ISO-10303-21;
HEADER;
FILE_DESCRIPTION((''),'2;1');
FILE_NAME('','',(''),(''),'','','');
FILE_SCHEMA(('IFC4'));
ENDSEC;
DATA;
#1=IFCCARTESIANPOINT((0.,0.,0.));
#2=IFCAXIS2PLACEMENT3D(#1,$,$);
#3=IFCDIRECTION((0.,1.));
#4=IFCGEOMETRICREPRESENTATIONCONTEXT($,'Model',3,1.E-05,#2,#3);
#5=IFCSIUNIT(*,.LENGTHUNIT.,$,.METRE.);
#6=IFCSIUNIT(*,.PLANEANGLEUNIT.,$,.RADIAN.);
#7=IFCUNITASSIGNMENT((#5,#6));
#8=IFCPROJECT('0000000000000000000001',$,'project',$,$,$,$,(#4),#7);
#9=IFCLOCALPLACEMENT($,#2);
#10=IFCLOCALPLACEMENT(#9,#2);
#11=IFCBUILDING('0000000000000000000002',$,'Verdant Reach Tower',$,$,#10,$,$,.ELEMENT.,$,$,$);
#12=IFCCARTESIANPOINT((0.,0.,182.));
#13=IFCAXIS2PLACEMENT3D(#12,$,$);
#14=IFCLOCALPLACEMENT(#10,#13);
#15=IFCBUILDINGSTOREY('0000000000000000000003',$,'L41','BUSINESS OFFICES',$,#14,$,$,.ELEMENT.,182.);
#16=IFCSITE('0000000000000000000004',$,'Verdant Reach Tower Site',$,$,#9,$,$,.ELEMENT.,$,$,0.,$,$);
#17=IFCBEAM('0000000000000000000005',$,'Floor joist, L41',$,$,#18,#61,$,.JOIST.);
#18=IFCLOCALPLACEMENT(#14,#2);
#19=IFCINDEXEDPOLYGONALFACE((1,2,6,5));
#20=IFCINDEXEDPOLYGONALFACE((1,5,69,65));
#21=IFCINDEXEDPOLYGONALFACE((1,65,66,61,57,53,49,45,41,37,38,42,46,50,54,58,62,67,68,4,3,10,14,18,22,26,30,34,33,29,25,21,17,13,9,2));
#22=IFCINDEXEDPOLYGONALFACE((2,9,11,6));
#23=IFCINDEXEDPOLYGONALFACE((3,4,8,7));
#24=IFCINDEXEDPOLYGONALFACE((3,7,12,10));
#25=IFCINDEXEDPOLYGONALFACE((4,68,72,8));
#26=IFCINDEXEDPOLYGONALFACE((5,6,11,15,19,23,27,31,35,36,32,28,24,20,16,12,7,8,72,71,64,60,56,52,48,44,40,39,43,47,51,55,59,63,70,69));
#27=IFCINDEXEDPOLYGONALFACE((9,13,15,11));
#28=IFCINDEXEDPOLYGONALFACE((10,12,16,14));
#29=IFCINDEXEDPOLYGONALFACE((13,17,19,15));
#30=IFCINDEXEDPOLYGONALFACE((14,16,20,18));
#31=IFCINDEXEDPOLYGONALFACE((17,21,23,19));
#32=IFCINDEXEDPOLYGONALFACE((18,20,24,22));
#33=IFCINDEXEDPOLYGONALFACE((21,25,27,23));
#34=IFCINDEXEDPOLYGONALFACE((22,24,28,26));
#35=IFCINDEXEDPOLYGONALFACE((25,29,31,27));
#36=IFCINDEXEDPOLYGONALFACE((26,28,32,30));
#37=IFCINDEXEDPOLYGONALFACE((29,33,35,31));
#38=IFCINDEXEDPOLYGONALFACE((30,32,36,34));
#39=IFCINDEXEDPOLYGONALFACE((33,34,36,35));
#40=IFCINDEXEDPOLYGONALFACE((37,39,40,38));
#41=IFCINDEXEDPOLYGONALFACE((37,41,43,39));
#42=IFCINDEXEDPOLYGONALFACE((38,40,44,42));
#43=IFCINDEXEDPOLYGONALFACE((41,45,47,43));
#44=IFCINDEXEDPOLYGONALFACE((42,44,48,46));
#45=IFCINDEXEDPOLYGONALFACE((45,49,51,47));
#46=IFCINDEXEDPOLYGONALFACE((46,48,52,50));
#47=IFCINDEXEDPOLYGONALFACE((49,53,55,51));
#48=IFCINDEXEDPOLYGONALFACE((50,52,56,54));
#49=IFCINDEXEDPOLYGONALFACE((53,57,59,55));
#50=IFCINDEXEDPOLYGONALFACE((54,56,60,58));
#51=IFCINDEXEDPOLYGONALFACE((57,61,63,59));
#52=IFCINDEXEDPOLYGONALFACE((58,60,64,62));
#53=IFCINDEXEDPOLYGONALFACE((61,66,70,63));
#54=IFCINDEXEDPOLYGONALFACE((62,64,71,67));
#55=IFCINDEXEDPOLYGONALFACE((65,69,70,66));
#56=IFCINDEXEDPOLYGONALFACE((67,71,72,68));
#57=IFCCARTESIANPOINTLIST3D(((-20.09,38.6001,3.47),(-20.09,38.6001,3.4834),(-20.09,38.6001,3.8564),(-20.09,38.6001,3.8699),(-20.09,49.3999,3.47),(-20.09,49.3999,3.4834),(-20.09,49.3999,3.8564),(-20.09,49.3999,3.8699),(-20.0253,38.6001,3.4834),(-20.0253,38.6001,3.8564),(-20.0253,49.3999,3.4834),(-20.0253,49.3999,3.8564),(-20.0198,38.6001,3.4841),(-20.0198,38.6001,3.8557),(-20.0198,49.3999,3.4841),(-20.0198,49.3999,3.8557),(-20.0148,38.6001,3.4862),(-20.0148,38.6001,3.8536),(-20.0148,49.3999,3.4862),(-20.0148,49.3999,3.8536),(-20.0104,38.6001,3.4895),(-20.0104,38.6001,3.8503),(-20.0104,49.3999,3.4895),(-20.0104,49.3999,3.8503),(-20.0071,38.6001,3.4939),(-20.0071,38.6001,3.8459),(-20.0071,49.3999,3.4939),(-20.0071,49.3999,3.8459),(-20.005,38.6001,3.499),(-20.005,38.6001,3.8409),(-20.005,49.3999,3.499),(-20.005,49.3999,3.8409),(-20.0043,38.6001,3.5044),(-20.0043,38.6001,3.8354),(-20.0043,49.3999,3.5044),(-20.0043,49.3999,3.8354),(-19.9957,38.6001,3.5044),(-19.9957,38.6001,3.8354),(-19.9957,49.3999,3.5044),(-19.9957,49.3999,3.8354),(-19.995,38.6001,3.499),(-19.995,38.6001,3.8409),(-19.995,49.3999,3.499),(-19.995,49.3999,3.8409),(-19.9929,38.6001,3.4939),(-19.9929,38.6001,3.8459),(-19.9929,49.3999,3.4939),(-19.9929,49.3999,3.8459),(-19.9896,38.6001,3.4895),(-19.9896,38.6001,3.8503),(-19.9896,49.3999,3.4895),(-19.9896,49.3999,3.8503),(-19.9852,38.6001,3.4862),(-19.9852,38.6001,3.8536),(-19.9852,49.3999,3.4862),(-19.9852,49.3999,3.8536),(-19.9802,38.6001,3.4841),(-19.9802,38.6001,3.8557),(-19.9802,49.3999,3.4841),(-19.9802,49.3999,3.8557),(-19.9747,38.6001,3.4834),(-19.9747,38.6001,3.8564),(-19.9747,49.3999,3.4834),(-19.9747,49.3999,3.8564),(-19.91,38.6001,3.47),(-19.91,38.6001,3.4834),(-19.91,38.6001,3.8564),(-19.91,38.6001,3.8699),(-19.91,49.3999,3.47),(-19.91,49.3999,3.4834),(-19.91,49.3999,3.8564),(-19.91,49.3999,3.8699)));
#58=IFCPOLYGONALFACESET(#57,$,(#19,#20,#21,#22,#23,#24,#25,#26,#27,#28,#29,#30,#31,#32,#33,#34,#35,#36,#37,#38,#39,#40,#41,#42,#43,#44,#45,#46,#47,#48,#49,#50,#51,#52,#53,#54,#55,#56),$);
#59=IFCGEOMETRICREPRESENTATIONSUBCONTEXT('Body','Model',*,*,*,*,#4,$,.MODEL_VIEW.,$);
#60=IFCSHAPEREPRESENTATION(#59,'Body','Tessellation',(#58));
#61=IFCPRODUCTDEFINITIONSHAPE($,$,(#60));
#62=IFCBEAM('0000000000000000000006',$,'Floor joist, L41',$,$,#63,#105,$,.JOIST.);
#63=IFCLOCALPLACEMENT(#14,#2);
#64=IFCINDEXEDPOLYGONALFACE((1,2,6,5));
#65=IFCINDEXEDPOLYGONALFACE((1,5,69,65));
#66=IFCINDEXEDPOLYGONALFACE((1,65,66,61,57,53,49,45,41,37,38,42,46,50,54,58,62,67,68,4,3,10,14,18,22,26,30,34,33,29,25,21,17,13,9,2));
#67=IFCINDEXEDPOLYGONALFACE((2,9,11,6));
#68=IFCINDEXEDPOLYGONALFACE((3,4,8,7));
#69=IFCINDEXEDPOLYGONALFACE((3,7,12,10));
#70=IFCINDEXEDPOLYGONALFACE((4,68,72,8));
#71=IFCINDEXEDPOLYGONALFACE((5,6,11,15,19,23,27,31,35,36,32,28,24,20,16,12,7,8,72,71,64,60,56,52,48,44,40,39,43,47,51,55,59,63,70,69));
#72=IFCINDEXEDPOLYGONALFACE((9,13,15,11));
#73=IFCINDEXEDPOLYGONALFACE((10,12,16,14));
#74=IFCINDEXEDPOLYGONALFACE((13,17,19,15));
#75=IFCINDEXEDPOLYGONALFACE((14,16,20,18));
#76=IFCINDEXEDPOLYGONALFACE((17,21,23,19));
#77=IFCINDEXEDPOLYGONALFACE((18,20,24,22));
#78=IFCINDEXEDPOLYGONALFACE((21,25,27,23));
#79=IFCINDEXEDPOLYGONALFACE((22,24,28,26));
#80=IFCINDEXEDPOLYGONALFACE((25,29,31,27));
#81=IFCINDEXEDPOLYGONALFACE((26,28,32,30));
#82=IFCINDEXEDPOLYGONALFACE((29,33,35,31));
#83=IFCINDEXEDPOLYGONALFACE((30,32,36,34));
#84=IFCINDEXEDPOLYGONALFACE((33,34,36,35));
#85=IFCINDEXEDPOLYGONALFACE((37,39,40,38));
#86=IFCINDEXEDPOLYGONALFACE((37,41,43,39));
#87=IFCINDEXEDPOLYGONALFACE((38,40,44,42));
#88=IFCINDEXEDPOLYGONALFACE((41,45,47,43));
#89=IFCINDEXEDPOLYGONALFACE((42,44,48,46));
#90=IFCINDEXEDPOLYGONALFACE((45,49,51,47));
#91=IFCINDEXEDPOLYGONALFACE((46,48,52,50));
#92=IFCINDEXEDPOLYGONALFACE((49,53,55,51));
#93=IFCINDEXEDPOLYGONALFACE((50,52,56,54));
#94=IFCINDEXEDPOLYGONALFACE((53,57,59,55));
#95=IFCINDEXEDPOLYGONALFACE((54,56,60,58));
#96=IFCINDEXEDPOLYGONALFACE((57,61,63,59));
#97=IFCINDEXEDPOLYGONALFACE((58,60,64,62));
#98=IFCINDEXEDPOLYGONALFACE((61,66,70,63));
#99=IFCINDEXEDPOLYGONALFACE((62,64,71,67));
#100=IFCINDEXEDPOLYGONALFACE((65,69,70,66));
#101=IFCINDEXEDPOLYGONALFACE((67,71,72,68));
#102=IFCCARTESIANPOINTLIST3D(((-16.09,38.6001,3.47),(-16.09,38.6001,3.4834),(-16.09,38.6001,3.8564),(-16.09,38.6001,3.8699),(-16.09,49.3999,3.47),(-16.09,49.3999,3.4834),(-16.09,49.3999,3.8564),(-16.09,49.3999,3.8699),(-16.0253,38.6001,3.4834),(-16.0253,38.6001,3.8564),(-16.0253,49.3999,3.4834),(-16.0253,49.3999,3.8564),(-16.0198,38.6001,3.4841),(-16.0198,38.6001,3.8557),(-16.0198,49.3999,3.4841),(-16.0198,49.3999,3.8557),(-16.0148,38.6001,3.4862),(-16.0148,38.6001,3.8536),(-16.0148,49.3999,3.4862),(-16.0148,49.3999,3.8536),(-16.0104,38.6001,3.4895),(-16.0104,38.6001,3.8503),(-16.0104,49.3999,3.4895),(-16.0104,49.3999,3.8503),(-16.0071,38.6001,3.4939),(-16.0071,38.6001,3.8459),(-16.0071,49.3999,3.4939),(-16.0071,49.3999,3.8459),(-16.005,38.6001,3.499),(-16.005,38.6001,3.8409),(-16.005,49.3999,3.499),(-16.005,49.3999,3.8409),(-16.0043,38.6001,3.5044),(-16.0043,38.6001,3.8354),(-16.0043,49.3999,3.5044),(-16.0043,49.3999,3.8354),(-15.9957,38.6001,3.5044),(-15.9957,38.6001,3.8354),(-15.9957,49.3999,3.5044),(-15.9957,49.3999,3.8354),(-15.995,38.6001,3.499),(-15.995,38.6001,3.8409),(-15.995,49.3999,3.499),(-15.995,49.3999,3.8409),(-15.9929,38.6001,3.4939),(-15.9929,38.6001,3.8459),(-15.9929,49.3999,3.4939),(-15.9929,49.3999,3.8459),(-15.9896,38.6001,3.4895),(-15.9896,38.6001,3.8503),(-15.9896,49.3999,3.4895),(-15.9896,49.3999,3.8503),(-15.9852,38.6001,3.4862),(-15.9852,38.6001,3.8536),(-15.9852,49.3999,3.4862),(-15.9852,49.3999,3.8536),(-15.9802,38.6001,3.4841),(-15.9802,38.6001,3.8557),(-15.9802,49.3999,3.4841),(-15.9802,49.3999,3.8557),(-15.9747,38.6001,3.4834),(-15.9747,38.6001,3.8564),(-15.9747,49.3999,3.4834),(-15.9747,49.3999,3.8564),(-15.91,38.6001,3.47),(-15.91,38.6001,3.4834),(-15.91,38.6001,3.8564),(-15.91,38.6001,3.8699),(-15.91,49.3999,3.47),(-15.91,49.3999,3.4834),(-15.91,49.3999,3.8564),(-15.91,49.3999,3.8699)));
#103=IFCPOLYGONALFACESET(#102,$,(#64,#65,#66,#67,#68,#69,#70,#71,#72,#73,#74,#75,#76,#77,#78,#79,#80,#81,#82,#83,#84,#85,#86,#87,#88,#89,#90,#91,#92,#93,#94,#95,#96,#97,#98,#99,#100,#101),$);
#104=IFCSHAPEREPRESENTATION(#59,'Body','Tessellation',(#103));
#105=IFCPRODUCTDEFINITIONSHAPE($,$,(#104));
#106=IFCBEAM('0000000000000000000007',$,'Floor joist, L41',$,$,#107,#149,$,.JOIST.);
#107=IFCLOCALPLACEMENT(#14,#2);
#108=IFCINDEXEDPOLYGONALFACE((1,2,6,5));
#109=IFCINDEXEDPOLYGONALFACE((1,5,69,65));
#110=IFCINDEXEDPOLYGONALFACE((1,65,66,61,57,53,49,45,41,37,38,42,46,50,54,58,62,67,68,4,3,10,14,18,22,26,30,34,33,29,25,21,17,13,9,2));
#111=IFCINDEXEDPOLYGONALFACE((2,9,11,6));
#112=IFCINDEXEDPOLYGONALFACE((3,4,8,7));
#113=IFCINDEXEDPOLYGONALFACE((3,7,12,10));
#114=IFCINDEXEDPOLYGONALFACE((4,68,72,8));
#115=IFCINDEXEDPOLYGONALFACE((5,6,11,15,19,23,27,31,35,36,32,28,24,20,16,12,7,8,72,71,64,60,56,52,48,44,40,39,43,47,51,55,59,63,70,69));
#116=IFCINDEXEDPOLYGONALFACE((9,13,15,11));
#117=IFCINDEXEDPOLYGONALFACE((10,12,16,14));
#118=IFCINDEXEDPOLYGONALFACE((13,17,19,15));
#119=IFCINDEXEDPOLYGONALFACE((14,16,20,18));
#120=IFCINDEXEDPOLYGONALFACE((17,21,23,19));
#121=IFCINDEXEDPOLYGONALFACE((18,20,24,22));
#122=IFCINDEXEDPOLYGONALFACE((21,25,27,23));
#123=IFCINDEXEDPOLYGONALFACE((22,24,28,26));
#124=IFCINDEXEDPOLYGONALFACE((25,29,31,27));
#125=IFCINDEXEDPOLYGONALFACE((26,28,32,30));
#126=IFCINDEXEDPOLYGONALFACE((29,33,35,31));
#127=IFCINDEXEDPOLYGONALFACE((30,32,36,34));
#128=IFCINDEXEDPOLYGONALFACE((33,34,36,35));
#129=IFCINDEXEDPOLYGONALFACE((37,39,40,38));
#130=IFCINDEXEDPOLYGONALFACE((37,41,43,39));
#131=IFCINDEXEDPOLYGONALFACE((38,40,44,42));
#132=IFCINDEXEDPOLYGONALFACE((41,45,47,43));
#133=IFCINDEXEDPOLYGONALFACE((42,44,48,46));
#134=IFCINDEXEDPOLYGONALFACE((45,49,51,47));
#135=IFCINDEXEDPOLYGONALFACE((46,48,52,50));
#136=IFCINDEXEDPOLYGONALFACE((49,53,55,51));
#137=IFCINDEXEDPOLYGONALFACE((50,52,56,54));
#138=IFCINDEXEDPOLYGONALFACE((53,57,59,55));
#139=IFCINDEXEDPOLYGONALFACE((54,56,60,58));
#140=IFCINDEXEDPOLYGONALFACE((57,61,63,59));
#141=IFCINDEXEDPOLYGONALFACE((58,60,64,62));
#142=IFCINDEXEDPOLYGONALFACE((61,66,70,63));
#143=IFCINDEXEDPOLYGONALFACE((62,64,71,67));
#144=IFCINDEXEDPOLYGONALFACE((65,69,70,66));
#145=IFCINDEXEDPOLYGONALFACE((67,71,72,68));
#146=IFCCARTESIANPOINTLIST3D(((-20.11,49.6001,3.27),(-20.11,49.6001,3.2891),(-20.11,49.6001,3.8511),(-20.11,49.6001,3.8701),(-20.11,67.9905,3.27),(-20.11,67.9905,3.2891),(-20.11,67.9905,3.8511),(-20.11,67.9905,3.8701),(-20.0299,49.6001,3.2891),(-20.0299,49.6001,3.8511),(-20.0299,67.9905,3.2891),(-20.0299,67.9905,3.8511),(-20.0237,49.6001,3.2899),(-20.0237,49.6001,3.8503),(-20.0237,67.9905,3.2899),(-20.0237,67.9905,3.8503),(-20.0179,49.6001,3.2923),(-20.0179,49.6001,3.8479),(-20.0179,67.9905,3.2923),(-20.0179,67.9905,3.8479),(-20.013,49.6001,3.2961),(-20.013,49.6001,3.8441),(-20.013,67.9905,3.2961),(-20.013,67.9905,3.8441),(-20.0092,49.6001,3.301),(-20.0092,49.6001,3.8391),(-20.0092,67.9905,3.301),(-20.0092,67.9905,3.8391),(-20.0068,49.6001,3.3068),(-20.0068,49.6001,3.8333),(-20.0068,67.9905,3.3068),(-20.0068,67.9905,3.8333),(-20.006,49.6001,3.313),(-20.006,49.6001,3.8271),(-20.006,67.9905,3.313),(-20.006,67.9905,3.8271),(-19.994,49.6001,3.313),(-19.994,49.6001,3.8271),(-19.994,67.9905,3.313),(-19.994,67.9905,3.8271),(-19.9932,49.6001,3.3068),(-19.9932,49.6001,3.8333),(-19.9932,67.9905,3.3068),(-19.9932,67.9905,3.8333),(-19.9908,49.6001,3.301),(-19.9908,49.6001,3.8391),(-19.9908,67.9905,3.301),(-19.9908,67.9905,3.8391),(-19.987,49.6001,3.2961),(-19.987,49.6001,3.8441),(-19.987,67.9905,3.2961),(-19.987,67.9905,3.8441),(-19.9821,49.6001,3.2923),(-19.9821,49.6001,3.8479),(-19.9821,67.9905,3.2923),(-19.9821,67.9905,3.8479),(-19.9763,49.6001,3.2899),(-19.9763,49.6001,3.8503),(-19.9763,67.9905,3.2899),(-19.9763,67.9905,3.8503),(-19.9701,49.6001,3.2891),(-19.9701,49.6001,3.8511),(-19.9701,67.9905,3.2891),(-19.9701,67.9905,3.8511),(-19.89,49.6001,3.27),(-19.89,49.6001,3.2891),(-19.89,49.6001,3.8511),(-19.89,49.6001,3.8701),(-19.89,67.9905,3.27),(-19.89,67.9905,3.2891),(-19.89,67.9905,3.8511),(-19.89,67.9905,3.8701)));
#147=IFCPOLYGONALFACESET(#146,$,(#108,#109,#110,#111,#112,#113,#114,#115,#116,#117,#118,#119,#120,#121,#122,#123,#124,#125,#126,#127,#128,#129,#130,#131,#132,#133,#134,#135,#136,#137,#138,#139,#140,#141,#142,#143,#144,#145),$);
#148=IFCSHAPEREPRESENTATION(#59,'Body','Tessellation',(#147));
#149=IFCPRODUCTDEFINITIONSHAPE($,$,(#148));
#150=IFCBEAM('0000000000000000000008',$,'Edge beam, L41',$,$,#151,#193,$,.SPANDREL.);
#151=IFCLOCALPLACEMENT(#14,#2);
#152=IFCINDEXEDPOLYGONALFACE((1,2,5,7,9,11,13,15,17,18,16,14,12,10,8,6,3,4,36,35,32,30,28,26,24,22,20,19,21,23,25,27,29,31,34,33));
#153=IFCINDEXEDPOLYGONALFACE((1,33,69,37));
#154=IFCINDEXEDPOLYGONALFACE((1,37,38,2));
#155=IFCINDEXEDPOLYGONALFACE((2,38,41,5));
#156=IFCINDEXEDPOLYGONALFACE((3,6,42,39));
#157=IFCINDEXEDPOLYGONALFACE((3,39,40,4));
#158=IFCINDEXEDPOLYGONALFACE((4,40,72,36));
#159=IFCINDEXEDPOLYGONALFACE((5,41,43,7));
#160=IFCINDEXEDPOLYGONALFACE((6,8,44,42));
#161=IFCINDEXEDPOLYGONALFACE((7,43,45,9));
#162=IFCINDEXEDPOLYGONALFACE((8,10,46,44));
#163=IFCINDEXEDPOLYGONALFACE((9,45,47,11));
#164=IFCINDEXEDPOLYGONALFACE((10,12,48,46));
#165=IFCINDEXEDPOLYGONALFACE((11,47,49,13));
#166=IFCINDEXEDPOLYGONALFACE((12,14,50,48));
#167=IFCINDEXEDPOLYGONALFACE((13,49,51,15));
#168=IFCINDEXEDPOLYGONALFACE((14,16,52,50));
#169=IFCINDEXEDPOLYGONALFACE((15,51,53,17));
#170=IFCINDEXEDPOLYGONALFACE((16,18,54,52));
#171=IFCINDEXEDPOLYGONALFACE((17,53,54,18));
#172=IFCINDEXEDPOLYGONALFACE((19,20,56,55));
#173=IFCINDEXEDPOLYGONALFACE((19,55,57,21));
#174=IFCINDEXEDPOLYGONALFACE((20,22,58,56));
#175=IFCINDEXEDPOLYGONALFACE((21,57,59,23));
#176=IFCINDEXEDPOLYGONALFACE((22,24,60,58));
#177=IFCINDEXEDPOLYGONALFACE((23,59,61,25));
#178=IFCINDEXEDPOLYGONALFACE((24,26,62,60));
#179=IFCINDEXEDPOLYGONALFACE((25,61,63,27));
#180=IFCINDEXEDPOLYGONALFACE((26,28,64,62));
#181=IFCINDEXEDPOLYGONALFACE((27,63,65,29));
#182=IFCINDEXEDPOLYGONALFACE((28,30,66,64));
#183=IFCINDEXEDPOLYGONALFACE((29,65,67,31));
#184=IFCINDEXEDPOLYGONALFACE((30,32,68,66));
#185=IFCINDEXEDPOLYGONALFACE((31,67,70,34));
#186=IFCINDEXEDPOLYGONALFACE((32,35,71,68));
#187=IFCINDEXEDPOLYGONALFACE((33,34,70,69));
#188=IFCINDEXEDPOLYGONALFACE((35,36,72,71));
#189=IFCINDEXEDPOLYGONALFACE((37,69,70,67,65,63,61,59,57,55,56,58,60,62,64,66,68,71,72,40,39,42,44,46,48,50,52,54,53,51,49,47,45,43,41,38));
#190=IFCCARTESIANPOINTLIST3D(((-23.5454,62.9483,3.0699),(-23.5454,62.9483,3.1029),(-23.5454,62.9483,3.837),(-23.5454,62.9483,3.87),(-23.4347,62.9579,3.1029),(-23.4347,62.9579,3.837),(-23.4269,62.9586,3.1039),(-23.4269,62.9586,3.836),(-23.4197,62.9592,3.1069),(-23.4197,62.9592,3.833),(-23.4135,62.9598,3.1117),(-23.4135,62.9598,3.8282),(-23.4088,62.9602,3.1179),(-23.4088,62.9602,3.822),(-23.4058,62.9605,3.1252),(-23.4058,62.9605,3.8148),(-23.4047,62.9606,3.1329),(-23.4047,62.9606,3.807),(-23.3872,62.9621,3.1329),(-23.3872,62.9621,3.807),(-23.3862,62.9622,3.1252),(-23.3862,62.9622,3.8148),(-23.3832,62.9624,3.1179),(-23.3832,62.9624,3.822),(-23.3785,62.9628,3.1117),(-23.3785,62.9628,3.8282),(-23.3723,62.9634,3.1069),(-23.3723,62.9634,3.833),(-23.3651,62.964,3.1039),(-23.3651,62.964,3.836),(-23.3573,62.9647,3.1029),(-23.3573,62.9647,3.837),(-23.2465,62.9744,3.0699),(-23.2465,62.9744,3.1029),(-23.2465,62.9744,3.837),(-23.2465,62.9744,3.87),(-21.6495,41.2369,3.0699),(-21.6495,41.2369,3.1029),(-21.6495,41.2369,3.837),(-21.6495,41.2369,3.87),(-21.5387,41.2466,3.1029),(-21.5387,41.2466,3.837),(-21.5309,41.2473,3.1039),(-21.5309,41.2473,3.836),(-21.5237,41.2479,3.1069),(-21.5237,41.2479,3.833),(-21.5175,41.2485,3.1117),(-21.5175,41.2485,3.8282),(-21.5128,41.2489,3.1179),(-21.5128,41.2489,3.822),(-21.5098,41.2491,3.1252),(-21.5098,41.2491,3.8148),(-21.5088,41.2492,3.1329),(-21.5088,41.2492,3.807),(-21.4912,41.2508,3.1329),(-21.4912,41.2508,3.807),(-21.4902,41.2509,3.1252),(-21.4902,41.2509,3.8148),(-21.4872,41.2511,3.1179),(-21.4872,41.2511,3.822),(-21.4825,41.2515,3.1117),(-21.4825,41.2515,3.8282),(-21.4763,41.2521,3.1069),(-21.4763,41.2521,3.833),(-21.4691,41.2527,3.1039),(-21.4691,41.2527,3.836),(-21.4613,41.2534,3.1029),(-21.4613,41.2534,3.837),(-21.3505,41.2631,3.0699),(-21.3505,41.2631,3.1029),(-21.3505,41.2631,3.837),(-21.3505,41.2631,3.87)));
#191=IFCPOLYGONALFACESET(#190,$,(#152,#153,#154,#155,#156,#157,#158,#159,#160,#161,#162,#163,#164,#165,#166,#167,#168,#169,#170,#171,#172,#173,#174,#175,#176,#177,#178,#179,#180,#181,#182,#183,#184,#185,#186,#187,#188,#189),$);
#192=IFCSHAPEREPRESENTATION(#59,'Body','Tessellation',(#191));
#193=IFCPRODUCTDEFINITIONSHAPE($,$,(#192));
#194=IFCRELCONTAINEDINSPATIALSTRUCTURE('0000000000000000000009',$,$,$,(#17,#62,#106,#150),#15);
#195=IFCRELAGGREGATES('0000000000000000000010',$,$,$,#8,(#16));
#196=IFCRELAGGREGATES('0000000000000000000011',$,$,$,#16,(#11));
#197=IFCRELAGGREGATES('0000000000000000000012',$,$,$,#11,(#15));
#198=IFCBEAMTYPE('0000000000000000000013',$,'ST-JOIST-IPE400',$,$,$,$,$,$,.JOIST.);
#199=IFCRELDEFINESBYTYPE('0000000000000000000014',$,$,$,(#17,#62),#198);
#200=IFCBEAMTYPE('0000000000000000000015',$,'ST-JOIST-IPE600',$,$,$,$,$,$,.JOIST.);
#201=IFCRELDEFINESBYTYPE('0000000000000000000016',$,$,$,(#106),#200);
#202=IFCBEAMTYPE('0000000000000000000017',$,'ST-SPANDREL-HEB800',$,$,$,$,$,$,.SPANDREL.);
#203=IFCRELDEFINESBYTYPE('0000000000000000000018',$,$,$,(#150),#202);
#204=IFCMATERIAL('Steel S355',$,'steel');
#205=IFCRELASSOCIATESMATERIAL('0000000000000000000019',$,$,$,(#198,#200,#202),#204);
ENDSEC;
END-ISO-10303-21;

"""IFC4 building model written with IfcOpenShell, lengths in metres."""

from ifc_helpers import new_model, si_unit, direction, frame, origin, origin_2d, place, context, subcontext, project, spatial, i_section, extrude, material, material_profile, profile_set, type_object, element, save


model = new_model("IFC4")

# Units and contexts
model_context = context("Model", 3, precision=1e-05, world=origin(), true_north=direction((0.0, 1.0)))
body_context = subcontext(model_context, "Body", "Model", "MODEL_VIEW")
ifc_project = project(units=[si_unit("LENGTHUNIT", "METRE"), si_unit("PLANEANGLEUNIT", "RADIAN")], contexts=[model_context])

# Site, building, storey
site_placement = place(None, origin())
site = spatial("IfcSite", under=ifc_project, at=site_placement, Name="Verdant Reach Tower Site", CompositionType="ELEMENT", RefElevation=0.0)
building_placement = place(site_placement, origin())
building = spatial("IfcBuilding", under=site, at=building_placement, Name="Verdant Reach Tower", CompositionType="ELEMENT")
storey_placement = place(building_placement, frame((0.0, 0.0, 182.0)))
storey = spatial("IfcBuildingStorey", under=building, at=storey_placement, Name="L41", Description="BUSINESS OFFICES", CompositionType="ELEMENT", Elevation=182.0)

# Beams
ifc_material_1 = material(Name="Steel S355", Category="steel")
ifc_material_profile_1 = material_profile(ifc_material_1, i_section(OverallWidth=0.1799, OverallDepth=0.3999, WebThickness=0.0085, FlangeThickness=0.0134, FilletRadius=0.021, at=origin_2d()), Name="IPE 400")
ifc_profile_set_1 = profile_set([ifc_material_profile_1], Name="Steel S355")
beam_type_1 = type_object("IfcBeamType", Name="ST-JOIST-IPE400", PredefinedType="JOIST", material=ifc_profile_set_1)
for number, where, z_axis, x_axis, name in (
    (1, (-20.0, 38.6001, 3.6699), (0.0, 1.0, 0.0), (-1.0, 0.0, 0.0), "Floor joist, L41"),
    (2, (-16.0, 38.6001, 3.6699), (0.0, 1.0, 0.0), (-1.0, 0.0, 0.0), "Floor joist, L41"),
):
    element("IfcBeam", number, at=place(storey_placement, frame(where, z_axis=z_axis, x_axis=x_axis)), inside=storey, type_object=beam_type_1, Name=name, PredefinedType="JOIST", context=body_context, shape_type="SweptSolid", body=[
        extrude(i_section(OverallWidth=0.1799, OverallDepth=0.3999, WebThickness=0.0085, FlangeThickness=0.0134, FilletRadius=0.021, at=origin_2d()), origin(), (0.0, 0.0, 1.0), 10.7998),
    ])
ifc_material_profile_2 = material_profile(ifc_material_1, i_section(OverallWidth=0.22, OverallDepth=0.6001, WebThickness=0.012, FlangeThickness=0.019, FilletRadius=0.0239, at=origin_2d()), Name="IPE 600")
ifc_profile_set_2 = profile_set([ifc_material_profile_2], Name="Steel S355")
beam_type_2 = type_object("IfcBeamType", Name="ST-JOIST-IPE600", PredefinedType="JOIST", material=ifc_profile_set_2)
beam_1_placement = place(storey_placement, frame((-20.0, 49.6001, 3.5701), z_axis=(0.0, 1.0, 0.0), x_axis=(-1.0, 0.0, 0.0)))
element("IfcBeam", 3, at=beam_1_placement, inside=storey, type_object=beam_type_2, Name="Floor joist, L41", PredefinedType="JOIST", context=body_context, shape_type="SweptSolid", body=[
    extrude(i_section(OverallWidth=0.22, OverallDepth=0.6001, WebThickness=0.012, FlangeThickness=0.019, FilletRadius=0.0239, at=origin_2d()), origin(), (0.0, 0.0, 1.0), 18.3904),
])
ifc_material_profile_3 = material_profile(ifc_material_1, i_section(OverallWidth=0.3, OverallDepth=0.8, WebThickness=0.0176, FlangeThickness=0.033, FilletRadius=0.03, at=origin_2d()), Name="HEB 800")
ifc_profile_set_3 = profile_set([ifc_material_profile_3], Name="Steel S355")
beam_type_3 = type_object("IfcBeamType", Name="ST-SPANDREL-HEB800", PredefinedType="SPANDREL", material=ifc_profile_set_3)
beam_2_placement = place(storey_placement, frame((-21.5, 41.25, 3.47), z_axis=(-0.086996, 0.996209, 0.0), x_axis=(-0.996209, -0.086996, 0.0)))
element("IfcBeam", 4, at=beam_2_placement, inside=storey, type_object=beam_type_3, Name="Edge beam, L41", PredefinedType="SPANDREL", context=body_context, shape_type="SweptSolid", body=[
    extrude(i_section(OverallWidth=0.3, OverallDepth=0.8, WebThickness=0.0176, FlangeThickness=0.033, FilletRadius=0.03, at=origin_2d()), origin(), (0.0, 0.0, 1.0), 21.7939),
])

save(model, "model.ifc")
